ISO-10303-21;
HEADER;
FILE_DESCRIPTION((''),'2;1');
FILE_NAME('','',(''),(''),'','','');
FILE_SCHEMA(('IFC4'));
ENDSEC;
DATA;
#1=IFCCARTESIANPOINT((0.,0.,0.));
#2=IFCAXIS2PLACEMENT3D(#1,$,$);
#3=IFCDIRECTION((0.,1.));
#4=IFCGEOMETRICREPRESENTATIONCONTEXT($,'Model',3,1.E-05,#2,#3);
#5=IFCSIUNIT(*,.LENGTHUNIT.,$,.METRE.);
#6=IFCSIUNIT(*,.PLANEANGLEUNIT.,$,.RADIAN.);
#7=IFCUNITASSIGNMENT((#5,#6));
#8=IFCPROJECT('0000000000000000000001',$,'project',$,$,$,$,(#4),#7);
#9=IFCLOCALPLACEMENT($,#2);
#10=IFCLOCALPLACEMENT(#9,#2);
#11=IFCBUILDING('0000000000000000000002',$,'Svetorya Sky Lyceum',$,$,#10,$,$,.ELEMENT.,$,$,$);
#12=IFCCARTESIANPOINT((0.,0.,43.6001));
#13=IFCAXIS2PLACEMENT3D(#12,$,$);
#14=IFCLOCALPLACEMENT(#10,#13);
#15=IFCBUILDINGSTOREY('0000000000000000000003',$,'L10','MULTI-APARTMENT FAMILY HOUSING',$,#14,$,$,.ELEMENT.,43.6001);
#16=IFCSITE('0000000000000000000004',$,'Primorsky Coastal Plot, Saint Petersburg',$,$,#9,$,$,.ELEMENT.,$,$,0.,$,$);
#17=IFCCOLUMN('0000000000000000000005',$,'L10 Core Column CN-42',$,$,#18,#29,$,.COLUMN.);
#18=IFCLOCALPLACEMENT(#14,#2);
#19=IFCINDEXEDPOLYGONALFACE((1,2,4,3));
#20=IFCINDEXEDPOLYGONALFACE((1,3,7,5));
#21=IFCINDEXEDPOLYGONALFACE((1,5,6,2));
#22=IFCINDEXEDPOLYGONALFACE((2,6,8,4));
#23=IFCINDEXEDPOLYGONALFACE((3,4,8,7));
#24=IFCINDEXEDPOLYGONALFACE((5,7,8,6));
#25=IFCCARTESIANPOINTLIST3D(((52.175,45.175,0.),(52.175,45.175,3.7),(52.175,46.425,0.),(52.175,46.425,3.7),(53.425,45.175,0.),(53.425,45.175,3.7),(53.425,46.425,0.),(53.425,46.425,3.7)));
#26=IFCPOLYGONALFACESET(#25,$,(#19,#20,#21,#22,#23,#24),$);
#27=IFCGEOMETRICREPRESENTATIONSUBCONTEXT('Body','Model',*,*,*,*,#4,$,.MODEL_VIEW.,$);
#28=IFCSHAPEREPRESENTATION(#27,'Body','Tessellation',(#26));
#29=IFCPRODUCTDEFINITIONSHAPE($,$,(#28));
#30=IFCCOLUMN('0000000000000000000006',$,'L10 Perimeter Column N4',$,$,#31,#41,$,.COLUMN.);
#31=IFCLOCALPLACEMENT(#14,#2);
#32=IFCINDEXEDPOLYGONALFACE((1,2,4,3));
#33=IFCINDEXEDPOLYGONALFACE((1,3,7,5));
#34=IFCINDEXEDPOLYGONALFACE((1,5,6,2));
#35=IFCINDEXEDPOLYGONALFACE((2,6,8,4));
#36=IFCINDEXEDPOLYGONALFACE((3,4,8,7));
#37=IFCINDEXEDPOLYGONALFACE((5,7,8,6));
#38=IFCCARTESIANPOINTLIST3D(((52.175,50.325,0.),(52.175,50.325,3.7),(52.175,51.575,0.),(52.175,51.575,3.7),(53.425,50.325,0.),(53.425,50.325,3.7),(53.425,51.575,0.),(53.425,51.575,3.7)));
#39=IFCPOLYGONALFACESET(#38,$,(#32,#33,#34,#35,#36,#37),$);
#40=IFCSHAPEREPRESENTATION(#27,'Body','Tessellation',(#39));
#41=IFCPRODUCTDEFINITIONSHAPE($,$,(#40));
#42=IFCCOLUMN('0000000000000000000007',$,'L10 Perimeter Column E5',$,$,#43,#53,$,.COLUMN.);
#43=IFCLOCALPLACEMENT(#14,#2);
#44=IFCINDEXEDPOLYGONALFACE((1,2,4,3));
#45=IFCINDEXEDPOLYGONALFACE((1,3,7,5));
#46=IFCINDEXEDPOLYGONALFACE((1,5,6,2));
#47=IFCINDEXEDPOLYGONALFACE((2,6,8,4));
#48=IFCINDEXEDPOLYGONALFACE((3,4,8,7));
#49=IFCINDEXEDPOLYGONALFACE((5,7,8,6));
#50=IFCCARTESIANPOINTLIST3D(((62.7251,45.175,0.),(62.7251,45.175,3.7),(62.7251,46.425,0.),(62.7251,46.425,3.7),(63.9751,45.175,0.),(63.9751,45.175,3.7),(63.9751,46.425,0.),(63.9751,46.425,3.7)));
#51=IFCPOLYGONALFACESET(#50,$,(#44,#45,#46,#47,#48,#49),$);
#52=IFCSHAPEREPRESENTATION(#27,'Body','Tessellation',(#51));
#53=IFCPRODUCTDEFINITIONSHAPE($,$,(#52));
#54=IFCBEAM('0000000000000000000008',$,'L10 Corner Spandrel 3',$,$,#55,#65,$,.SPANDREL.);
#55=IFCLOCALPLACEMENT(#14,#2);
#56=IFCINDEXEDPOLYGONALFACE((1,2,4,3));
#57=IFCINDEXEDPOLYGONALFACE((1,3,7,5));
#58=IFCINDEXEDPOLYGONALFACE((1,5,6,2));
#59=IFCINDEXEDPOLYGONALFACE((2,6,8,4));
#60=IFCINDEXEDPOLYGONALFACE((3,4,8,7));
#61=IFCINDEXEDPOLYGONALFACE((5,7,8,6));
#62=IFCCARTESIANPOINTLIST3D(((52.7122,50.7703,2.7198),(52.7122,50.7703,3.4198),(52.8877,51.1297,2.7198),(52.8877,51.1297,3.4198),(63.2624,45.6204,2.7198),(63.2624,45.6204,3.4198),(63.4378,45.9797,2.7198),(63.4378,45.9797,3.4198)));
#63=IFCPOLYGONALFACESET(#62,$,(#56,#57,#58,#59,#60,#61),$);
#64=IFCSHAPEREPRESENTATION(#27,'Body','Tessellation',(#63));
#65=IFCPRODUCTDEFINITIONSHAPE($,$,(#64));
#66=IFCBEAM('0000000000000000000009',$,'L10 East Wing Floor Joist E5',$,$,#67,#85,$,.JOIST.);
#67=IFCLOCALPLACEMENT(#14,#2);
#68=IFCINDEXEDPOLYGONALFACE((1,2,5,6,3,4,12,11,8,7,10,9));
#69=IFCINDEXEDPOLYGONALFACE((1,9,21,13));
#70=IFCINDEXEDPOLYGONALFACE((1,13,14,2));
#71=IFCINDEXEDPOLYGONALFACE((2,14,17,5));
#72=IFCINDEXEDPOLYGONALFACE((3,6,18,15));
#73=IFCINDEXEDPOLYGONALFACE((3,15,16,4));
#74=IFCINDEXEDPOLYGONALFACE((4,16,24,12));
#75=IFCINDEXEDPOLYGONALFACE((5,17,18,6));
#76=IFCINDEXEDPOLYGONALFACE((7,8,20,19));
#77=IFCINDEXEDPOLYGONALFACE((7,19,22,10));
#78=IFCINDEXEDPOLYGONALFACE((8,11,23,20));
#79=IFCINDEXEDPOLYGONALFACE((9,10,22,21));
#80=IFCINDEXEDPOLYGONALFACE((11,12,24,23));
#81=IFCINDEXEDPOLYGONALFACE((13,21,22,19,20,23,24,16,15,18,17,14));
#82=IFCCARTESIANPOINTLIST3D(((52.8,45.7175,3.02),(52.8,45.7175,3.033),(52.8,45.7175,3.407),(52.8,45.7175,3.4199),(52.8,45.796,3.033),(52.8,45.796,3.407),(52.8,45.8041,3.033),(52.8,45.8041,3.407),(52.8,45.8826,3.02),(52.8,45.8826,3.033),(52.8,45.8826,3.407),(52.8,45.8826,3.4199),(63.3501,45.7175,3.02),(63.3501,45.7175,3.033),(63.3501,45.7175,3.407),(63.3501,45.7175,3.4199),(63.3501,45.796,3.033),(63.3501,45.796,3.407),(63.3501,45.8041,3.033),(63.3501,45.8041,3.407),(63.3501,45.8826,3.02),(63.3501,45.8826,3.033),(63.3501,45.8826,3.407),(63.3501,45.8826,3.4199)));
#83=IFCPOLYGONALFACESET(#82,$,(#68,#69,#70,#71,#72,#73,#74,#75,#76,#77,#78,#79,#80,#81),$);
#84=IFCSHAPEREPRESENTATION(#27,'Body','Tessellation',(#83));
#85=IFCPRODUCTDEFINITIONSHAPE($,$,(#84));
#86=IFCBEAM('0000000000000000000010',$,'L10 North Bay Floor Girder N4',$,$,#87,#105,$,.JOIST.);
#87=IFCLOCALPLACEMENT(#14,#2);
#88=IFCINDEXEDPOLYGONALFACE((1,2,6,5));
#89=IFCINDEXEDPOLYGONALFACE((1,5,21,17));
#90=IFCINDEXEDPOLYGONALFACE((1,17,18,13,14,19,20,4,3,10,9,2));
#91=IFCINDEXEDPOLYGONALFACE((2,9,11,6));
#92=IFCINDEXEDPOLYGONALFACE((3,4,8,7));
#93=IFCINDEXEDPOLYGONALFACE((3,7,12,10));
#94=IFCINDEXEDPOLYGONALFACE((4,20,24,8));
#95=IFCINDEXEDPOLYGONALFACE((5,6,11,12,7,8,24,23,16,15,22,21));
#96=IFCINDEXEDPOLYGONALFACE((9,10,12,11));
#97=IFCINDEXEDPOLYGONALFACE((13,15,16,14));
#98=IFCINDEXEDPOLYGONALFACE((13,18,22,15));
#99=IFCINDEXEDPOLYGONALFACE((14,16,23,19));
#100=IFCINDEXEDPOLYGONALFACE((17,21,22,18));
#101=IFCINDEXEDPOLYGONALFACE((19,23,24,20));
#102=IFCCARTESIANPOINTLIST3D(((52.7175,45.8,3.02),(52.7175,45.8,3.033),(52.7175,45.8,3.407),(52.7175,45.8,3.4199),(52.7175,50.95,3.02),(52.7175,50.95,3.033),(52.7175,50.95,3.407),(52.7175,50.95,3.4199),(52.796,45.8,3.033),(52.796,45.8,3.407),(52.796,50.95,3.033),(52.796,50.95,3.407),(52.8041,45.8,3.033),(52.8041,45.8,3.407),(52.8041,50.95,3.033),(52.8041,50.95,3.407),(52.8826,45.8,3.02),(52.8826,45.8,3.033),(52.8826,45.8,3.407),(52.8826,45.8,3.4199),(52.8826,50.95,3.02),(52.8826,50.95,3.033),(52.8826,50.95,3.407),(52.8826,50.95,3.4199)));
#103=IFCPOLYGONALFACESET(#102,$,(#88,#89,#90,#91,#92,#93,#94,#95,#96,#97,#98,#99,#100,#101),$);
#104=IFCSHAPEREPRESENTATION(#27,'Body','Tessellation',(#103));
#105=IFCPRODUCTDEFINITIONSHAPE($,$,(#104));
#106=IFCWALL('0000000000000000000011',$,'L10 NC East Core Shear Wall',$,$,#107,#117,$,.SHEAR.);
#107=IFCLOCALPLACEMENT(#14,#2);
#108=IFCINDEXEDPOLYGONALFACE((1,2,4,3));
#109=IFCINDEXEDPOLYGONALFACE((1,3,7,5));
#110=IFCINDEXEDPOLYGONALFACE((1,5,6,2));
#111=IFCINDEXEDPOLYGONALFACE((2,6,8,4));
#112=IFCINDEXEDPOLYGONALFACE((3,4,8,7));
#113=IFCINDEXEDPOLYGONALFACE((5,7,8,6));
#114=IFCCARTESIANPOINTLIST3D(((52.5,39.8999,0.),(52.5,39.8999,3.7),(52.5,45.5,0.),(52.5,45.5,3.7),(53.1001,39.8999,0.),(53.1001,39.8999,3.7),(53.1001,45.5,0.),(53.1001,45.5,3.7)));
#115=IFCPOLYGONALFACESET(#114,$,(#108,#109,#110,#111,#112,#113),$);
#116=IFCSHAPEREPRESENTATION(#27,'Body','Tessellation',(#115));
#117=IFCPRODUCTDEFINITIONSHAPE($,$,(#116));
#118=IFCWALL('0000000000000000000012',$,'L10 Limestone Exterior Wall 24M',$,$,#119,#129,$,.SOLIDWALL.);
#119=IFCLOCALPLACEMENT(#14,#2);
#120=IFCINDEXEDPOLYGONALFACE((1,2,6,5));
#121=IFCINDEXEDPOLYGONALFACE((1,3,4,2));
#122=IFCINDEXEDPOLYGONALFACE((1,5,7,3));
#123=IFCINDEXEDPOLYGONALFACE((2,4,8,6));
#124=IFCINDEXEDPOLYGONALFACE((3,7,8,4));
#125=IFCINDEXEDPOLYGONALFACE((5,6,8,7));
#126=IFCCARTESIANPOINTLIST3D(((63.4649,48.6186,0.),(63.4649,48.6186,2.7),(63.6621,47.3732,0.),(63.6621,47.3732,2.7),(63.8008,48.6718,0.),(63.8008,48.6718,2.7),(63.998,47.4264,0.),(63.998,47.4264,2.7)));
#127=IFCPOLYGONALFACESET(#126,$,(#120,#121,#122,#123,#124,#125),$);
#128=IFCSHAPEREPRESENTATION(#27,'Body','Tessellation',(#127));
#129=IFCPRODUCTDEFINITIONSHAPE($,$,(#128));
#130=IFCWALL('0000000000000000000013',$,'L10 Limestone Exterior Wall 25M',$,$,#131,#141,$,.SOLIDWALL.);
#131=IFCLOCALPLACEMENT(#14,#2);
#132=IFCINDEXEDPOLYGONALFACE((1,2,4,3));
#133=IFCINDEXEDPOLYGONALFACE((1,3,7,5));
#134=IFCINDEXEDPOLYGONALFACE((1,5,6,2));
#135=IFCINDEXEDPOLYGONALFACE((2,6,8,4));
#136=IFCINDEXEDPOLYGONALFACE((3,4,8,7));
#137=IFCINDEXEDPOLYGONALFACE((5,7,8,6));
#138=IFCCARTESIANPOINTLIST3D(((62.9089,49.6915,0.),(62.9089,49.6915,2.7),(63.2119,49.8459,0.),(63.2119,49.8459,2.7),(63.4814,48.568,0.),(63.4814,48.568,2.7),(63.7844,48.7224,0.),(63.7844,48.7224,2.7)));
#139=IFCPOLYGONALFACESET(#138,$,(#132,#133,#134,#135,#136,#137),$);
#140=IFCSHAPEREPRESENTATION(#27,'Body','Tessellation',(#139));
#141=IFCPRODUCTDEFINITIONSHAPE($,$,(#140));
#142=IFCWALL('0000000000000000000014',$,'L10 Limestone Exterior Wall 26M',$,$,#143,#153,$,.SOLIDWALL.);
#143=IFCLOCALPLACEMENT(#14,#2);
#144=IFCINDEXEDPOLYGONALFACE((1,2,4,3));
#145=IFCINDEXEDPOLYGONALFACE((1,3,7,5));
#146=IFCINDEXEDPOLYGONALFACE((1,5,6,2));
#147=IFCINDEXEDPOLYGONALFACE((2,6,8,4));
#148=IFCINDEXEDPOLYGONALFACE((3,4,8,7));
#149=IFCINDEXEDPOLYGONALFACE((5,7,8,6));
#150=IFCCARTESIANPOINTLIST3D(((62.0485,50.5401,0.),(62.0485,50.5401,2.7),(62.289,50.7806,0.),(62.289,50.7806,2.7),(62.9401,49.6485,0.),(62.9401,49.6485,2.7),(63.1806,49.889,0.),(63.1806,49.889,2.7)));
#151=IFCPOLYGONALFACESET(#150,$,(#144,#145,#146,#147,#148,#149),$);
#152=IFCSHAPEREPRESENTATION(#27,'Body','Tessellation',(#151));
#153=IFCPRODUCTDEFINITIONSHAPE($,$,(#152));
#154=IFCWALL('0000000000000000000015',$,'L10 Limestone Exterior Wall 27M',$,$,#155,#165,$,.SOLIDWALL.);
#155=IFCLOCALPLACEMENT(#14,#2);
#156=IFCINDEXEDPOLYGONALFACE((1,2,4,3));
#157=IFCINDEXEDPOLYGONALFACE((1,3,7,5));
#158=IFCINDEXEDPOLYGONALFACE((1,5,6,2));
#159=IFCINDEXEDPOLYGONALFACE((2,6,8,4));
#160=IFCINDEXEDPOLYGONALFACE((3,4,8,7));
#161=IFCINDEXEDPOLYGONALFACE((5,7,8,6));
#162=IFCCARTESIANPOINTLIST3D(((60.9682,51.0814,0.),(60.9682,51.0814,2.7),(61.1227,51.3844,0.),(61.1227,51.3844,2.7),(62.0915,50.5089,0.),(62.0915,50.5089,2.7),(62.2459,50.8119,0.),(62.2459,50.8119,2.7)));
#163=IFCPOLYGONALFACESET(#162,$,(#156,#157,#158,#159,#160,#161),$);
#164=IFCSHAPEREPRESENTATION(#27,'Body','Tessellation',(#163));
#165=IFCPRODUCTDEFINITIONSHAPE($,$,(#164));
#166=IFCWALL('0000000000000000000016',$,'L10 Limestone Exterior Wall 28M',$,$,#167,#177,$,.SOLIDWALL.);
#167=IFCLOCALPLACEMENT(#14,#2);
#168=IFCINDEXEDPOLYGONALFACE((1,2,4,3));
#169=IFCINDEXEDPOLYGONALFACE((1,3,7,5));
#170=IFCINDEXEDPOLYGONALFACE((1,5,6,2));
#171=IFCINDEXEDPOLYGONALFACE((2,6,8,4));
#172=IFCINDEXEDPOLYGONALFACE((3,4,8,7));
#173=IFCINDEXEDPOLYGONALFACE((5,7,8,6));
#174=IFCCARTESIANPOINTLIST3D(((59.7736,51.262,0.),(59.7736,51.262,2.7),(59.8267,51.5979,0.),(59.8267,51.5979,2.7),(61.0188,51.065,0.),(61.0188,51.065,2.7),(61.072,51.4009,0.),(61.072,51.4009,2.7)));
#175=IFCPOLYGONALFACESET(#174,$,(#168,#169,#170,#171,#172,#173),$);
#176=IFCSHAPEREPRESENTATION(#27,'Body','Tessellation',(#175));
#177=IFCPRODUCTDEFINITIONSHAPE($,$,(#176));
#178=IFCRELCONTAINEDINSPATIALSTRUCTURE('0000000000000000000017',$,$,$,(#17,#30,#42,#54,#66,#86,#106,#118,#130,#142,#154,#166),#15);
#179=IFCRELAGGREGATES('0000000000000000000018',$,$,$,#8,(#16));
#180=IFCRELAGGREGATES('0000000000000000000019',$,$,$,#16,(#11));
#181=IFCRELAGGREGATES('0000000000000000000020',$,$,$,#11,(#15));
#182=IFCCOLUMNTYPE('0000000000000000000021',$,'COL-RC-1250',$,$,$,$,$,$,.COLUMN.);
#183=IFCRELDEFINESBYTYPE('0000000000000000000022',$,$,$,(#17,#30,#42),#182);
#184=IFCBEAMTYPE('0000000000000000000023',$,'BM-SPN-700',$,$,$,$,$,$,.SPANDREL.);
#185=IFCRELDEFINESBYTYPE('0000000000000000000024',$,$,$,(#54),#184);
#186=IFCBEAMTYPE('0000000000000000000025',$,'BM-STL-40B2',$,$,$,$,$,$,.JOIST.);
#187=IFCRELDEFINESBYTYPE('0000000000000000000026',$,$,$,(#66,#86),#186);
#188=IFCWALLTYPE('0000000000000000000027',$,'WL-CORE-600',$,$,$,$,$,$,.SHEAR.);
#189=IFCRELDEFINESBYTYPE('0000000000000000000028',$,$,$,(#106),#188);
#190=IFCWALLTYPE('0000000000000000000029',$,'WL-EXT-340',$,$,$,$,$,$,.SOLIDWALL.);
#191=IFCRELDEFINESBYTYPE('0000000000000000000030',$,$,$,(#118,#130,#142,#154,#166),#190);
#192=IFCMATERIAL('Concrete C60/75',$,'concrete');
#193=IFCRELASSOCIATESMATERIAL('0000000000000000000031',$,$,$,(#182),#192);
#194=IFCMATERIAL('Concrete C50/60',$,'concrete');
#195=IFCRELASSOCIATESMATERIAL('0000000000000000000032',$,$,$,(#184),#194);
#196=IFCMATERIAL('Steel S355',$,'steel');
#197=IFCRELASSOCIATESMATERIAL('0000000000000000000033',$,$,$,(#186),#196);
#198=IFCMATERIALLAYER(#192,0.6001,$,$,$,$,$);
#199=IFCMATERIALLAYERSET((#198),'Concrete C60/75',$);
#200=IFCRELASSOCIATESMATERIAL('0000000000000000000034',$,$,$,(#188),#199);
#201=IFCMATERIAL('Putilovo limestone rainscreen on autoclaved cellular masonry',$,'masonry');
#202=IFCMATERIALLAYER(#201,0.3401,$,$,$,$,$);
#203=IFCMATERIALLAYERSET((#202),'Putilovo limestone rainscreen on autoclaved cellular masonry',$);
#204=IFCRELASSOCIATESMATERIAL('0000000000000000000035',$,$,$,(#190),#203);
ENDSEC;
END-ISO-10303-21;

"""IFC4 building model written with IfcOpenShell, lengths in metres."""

from ifc_helpers import new_model, si_unit, direction, frame, frame_2d, origin, origin_2d, place, context, subcontext, project, spatial, rectangle, i_section, extrude, material, layer, layer_set, material_profile, profile_set, type_object, element, save


model = new_model("IFC4")

# Units and contexts
model_context = context("Model", 3, precision=1e-05, world=origin(), true_north=direction((0.0, 1.0)))
body_context = subcontext(model_context, "Body", "Model", "MODEL_VIEW")
ifc_project = project(units=[si_unit("LENGTHUNIT", "METRE"), si_unit("PLANEANGLEUNIT", "RADIAN")], contexts=[model_context])

# Site, building, storey
site_placement = place(None, origin())
site = spatial("IfcSite", under=ifc_project, at=site_placement, Name="Primorsky Coastal Plot, Saint Petersburg", CompositionType="ELEMENT", RefElevation=0.0)
building_placement = place(site_placement, origin())
building = spatial("IfcBuilding", under=site, at=building_placement, Name="Svetorya Sky Lyceum", CompositionType="ELEMENT")
storey_placement = place(building_placement, frame((0.0, 0.0, 43.6001)))
storey = spatial("IfcBuildingStorey", under=building, at=storey_placement, Name="L10", Description="MULTI-APARTMENT FAMILY HOUSING", CompositionType="ELEMENT", Elevation=43.6001)

# Columns
ifc_material_1 = material(Name="Concrete C60/75", Category="concrete")
ifc_material_profile_1 = material_profile(ifc_material_1, rectangle(XDim=1.25, YDim=1.25, at=origin_2d()), Name="RC COL 1250x1250")
ifc_profile_set_1 = profile_set([ifc_material_profile_1], Name="Concrete C60/75")
column_type = type_object("IfcColumnType", Name="COL-RC-1250", PredefinedType="COLUMN", material=ifc_profile_set_1)
for number, where, z_axis, x_axis, name in (
    (1, (52.8, 45.8, 0.0), (0.0, 0.0, 1.0), (1.0, 0.0, 0.0), "L10 Core Column CN-42"),
    (2, (52.8, 50.95, 0.0), (0.0, 0.0, 1.0), (1.0, 0.0, 0.0), "L10 Perimeter Column N4"),
    (3, (63.3501, 45.8, 0.0), (0.0, 0.0, 1.0), (1.0, 0.0, 0.0), "L10 Perimeter Column E5"),
):
    element("IfcColumn", number, at=place(storey_placement, frame(where, z_axis=z_axis, x_axis=x_axis)), inside=storey, type_object=column_type, Name=name, PredefinedType="COLUMN", context=body_context, shape_type="SweptSolid", body=[
        extrude(rectangle(XDim=1.25, YDim=1.25, at=origin_2d()), origin(), (0.0, 0.0, 1.0), 3.7),
    ])

# Beams
ifc_material_2 = material(Name="Concrete C50/60", Category="concrete")
ifc_material_profile_2 = material_profile(ifc_material_2, rectangle(XDim=0.3999, YDim=0.7, at=origin_2d()), Name="RC SPANDREL 400x700")
ifc_profile_set_2 = profile_set([ifc_material_profile_2], Name="Concrete C50/60")
beam_type_1 = type_object("IfcBeamType", Name="BM-SPN-700", PredefinedType="SPANDREL", material=ifc_profile_set_2)
beam_1_placement = place(storey_placement, frame((63.3501, 45.8, 3.0698), z_axis=(-0.89865, 0.438667, 0.0), x_axis=(-0.438667, -0.89865, 0.0)))
element("IfcBeam", 4, at=beam_1_placement, inside=storey, type_object=beam_type_1, Name="L10 Corner Spandrel 3", PredefinedType="SPANDREL", context=body_context, shape_type="SweptSolid", body=[
    extrude(rectangle(XDim=0.3999, YDim=0.7, at=origin_2d()), origin(), (0.0, 0.0, 1.0), 11.74),
])
ifc_material_3 = material(Name="Steel S355", Category="steel")
ifc_material_profile_3 = material_profile(ifc_material_3, i_section(OverallWidth=0.165, OverallDepth=0.3999, WebThickness=0.0081, FlangeThickness=0.0129, at=origin_2d()), Name="GOST 40B2")
ifc_profile_set_3 = profile_set([ifc_material_profile_3], Name="Steel S355")
beam_type_2 = type_object("IfcBeamType", Name="BM-STL-40B2", PredefinedType="JOIST", material=ifc_profile_set_3)
beam_2_placement = place(storey_placement, frame((52.8, 45.8, 3.22), z_axis=(1.0, 0.0, 0.0), x_axis=(0.0, 1.0, 0.0)))
element("IfcBeam", 5, at=beam_2_placement, inside=storey, type_object=beam_type_2, Name="L10 East Wing Floor Joist E5", PredefinedType="JOIST", context=body_context, shape_type="SweptSolid", body=[
    extrude(i_section(OverallWidth=0.165, OverallDepth=0.3999, WebThickness=0.0081, FlangeThickness=0.0129, at=origin_2d()), origin(), (0.0, 0.0, 1.0), 10.55),
])
beam_3_placement = place(storey_placement, frame((52.8, 45.8, 3.22), z_axis=(0.0, 1.0, 0.0), x_axis=(-1.0, 0.0, 0.0)))
element("IfcBeam", 6, at=beam_3_placement, inside=storey, type_object=beam_type_2, Name="L10 North Bay Floor Girder N4", PredefinedType="JOIST", context=body_context, shape_type="SweptSolid", body=[
    extrude(i_section(OverallWidth=0.165, OverallDepth=0.3999, WebThickness=0.0081, FlangeThickness=0.0129, at=origin_2d()), origin(), (0.0, 0.0, 1.0), 5.1499),
])

# Walls
ifc_layer_1 = layer(ifc_material_1, 0.6001)
ifc_layer_set_1 = layer_set([ifc_layer_1], Name="Concrete C60/75")
wall_type_1 = type_object("IfcWallType", Name="WL-CORE-600", PredefinedType="SHEAR", material=ifc_layer_set_1)
wall_1_placement = place(storey_placement, frame((52.8, 39.8999, 0.0), z_axis=(0.0, 0.0, 1.0), x_axis=(0.0, 1.0, 0.0)))
element("IfcWall", 7, at=wall_1_placement, inside=storey, type_object=wall_type_1, Name="L10 NC East Core Shear Wall", PredefinedType="SHEAR", context=body_context, shape_type="SweptSolid", body=[
    extrude(rectangle(XDim=5.6001, YDim=0.6001, at=frame_2d((2.8, 0.0))), origin(), (0.0, 0.0, 1.0), 3.7),
])
ifc_material_4 = material(Name="Putilovo limestone rainscreen on autoclaved cellular masonry", Category="masonry")
ifc_layer_2 = layer(ifc_material_4, 0.3401)
ifc_layer_set_2 = layer_set([ifc_layer_2], Name="Putilovo limestone rainscreen on autoclaved cellular masonry")
wall_type_2 = type_object("IfcWallType", Name="WL-EXT-340", PredefinedType="SOLIDWALL", material=ifc_layer_set_2)
for number, where, z_axis, x_axis, name in (
    (8, (63.8301, 47.3999, 0.0), (0.0, 0.0, 1.0), (-0.15645, 0.987686, 0.0), "L10 Limestone Exterior Wall 24M"),
    (9, (63.6328, 48.6453, 0.0), (0.0, 0.0, 1.0), (-0.454016, 0.890994, 0.0), "L10 Limestone Exterior Wall 25M"),
    (10, (63.0603, 49.7688, 0.0), (0.0, 0.0, 1.0), (-0.707107, 0.707107, 0.0), "L10 Limestone Exterior Wall 26M"),
):
    element("IfcWall", number, at=place(storey_placement, frame(where, z_axis=z_axis, x_axis=x_axis)), inside=storey, type_object=wall_type_2, Name=name, PredefinedType="SOLIDWALL", context=body_context, shape_type="SweptSolid", body=[
        extrude(rectangle(XDim=1.261, YDim=0.3401, at=frame_2d((0.6304, 0.0))), origin(), (0.0, 0.0, 1.0), 2.7),
    ])
for number, where, z_axis, x_axis, name in (
    (11, (62.1687, 50.6604, 0.0), (0.0, 0.0, 1.0), (-0.890954, 0.454094, 0.0), "L10 Limestone Exterior Wall 27M"),
    (12, (61.0454, 51.2329, 0.0), (0.0, 0.0, 1.0), (-0.987716, 0.156261, 0.0), "L10 Limestone Exterior Wall 28M"),
):
    element("IfcWall", number, at=place(storey_placement, frame(where, z_axis=z_axis, x_axis=x_axis)), inside=storey, type_object=wall_type_2, Name=name, PredefinedType="SOLIDWALL", context=body_context, shape_type="SweptSolid", body=[
        extrude(rectangle(XDim=1.2607, YDim=0.3401, at=frame_2d((0.6304, 0.0))), origin(), (0.0, 0.0, 1.0), 2.7),
    ])

save(model, "model.ifc")
